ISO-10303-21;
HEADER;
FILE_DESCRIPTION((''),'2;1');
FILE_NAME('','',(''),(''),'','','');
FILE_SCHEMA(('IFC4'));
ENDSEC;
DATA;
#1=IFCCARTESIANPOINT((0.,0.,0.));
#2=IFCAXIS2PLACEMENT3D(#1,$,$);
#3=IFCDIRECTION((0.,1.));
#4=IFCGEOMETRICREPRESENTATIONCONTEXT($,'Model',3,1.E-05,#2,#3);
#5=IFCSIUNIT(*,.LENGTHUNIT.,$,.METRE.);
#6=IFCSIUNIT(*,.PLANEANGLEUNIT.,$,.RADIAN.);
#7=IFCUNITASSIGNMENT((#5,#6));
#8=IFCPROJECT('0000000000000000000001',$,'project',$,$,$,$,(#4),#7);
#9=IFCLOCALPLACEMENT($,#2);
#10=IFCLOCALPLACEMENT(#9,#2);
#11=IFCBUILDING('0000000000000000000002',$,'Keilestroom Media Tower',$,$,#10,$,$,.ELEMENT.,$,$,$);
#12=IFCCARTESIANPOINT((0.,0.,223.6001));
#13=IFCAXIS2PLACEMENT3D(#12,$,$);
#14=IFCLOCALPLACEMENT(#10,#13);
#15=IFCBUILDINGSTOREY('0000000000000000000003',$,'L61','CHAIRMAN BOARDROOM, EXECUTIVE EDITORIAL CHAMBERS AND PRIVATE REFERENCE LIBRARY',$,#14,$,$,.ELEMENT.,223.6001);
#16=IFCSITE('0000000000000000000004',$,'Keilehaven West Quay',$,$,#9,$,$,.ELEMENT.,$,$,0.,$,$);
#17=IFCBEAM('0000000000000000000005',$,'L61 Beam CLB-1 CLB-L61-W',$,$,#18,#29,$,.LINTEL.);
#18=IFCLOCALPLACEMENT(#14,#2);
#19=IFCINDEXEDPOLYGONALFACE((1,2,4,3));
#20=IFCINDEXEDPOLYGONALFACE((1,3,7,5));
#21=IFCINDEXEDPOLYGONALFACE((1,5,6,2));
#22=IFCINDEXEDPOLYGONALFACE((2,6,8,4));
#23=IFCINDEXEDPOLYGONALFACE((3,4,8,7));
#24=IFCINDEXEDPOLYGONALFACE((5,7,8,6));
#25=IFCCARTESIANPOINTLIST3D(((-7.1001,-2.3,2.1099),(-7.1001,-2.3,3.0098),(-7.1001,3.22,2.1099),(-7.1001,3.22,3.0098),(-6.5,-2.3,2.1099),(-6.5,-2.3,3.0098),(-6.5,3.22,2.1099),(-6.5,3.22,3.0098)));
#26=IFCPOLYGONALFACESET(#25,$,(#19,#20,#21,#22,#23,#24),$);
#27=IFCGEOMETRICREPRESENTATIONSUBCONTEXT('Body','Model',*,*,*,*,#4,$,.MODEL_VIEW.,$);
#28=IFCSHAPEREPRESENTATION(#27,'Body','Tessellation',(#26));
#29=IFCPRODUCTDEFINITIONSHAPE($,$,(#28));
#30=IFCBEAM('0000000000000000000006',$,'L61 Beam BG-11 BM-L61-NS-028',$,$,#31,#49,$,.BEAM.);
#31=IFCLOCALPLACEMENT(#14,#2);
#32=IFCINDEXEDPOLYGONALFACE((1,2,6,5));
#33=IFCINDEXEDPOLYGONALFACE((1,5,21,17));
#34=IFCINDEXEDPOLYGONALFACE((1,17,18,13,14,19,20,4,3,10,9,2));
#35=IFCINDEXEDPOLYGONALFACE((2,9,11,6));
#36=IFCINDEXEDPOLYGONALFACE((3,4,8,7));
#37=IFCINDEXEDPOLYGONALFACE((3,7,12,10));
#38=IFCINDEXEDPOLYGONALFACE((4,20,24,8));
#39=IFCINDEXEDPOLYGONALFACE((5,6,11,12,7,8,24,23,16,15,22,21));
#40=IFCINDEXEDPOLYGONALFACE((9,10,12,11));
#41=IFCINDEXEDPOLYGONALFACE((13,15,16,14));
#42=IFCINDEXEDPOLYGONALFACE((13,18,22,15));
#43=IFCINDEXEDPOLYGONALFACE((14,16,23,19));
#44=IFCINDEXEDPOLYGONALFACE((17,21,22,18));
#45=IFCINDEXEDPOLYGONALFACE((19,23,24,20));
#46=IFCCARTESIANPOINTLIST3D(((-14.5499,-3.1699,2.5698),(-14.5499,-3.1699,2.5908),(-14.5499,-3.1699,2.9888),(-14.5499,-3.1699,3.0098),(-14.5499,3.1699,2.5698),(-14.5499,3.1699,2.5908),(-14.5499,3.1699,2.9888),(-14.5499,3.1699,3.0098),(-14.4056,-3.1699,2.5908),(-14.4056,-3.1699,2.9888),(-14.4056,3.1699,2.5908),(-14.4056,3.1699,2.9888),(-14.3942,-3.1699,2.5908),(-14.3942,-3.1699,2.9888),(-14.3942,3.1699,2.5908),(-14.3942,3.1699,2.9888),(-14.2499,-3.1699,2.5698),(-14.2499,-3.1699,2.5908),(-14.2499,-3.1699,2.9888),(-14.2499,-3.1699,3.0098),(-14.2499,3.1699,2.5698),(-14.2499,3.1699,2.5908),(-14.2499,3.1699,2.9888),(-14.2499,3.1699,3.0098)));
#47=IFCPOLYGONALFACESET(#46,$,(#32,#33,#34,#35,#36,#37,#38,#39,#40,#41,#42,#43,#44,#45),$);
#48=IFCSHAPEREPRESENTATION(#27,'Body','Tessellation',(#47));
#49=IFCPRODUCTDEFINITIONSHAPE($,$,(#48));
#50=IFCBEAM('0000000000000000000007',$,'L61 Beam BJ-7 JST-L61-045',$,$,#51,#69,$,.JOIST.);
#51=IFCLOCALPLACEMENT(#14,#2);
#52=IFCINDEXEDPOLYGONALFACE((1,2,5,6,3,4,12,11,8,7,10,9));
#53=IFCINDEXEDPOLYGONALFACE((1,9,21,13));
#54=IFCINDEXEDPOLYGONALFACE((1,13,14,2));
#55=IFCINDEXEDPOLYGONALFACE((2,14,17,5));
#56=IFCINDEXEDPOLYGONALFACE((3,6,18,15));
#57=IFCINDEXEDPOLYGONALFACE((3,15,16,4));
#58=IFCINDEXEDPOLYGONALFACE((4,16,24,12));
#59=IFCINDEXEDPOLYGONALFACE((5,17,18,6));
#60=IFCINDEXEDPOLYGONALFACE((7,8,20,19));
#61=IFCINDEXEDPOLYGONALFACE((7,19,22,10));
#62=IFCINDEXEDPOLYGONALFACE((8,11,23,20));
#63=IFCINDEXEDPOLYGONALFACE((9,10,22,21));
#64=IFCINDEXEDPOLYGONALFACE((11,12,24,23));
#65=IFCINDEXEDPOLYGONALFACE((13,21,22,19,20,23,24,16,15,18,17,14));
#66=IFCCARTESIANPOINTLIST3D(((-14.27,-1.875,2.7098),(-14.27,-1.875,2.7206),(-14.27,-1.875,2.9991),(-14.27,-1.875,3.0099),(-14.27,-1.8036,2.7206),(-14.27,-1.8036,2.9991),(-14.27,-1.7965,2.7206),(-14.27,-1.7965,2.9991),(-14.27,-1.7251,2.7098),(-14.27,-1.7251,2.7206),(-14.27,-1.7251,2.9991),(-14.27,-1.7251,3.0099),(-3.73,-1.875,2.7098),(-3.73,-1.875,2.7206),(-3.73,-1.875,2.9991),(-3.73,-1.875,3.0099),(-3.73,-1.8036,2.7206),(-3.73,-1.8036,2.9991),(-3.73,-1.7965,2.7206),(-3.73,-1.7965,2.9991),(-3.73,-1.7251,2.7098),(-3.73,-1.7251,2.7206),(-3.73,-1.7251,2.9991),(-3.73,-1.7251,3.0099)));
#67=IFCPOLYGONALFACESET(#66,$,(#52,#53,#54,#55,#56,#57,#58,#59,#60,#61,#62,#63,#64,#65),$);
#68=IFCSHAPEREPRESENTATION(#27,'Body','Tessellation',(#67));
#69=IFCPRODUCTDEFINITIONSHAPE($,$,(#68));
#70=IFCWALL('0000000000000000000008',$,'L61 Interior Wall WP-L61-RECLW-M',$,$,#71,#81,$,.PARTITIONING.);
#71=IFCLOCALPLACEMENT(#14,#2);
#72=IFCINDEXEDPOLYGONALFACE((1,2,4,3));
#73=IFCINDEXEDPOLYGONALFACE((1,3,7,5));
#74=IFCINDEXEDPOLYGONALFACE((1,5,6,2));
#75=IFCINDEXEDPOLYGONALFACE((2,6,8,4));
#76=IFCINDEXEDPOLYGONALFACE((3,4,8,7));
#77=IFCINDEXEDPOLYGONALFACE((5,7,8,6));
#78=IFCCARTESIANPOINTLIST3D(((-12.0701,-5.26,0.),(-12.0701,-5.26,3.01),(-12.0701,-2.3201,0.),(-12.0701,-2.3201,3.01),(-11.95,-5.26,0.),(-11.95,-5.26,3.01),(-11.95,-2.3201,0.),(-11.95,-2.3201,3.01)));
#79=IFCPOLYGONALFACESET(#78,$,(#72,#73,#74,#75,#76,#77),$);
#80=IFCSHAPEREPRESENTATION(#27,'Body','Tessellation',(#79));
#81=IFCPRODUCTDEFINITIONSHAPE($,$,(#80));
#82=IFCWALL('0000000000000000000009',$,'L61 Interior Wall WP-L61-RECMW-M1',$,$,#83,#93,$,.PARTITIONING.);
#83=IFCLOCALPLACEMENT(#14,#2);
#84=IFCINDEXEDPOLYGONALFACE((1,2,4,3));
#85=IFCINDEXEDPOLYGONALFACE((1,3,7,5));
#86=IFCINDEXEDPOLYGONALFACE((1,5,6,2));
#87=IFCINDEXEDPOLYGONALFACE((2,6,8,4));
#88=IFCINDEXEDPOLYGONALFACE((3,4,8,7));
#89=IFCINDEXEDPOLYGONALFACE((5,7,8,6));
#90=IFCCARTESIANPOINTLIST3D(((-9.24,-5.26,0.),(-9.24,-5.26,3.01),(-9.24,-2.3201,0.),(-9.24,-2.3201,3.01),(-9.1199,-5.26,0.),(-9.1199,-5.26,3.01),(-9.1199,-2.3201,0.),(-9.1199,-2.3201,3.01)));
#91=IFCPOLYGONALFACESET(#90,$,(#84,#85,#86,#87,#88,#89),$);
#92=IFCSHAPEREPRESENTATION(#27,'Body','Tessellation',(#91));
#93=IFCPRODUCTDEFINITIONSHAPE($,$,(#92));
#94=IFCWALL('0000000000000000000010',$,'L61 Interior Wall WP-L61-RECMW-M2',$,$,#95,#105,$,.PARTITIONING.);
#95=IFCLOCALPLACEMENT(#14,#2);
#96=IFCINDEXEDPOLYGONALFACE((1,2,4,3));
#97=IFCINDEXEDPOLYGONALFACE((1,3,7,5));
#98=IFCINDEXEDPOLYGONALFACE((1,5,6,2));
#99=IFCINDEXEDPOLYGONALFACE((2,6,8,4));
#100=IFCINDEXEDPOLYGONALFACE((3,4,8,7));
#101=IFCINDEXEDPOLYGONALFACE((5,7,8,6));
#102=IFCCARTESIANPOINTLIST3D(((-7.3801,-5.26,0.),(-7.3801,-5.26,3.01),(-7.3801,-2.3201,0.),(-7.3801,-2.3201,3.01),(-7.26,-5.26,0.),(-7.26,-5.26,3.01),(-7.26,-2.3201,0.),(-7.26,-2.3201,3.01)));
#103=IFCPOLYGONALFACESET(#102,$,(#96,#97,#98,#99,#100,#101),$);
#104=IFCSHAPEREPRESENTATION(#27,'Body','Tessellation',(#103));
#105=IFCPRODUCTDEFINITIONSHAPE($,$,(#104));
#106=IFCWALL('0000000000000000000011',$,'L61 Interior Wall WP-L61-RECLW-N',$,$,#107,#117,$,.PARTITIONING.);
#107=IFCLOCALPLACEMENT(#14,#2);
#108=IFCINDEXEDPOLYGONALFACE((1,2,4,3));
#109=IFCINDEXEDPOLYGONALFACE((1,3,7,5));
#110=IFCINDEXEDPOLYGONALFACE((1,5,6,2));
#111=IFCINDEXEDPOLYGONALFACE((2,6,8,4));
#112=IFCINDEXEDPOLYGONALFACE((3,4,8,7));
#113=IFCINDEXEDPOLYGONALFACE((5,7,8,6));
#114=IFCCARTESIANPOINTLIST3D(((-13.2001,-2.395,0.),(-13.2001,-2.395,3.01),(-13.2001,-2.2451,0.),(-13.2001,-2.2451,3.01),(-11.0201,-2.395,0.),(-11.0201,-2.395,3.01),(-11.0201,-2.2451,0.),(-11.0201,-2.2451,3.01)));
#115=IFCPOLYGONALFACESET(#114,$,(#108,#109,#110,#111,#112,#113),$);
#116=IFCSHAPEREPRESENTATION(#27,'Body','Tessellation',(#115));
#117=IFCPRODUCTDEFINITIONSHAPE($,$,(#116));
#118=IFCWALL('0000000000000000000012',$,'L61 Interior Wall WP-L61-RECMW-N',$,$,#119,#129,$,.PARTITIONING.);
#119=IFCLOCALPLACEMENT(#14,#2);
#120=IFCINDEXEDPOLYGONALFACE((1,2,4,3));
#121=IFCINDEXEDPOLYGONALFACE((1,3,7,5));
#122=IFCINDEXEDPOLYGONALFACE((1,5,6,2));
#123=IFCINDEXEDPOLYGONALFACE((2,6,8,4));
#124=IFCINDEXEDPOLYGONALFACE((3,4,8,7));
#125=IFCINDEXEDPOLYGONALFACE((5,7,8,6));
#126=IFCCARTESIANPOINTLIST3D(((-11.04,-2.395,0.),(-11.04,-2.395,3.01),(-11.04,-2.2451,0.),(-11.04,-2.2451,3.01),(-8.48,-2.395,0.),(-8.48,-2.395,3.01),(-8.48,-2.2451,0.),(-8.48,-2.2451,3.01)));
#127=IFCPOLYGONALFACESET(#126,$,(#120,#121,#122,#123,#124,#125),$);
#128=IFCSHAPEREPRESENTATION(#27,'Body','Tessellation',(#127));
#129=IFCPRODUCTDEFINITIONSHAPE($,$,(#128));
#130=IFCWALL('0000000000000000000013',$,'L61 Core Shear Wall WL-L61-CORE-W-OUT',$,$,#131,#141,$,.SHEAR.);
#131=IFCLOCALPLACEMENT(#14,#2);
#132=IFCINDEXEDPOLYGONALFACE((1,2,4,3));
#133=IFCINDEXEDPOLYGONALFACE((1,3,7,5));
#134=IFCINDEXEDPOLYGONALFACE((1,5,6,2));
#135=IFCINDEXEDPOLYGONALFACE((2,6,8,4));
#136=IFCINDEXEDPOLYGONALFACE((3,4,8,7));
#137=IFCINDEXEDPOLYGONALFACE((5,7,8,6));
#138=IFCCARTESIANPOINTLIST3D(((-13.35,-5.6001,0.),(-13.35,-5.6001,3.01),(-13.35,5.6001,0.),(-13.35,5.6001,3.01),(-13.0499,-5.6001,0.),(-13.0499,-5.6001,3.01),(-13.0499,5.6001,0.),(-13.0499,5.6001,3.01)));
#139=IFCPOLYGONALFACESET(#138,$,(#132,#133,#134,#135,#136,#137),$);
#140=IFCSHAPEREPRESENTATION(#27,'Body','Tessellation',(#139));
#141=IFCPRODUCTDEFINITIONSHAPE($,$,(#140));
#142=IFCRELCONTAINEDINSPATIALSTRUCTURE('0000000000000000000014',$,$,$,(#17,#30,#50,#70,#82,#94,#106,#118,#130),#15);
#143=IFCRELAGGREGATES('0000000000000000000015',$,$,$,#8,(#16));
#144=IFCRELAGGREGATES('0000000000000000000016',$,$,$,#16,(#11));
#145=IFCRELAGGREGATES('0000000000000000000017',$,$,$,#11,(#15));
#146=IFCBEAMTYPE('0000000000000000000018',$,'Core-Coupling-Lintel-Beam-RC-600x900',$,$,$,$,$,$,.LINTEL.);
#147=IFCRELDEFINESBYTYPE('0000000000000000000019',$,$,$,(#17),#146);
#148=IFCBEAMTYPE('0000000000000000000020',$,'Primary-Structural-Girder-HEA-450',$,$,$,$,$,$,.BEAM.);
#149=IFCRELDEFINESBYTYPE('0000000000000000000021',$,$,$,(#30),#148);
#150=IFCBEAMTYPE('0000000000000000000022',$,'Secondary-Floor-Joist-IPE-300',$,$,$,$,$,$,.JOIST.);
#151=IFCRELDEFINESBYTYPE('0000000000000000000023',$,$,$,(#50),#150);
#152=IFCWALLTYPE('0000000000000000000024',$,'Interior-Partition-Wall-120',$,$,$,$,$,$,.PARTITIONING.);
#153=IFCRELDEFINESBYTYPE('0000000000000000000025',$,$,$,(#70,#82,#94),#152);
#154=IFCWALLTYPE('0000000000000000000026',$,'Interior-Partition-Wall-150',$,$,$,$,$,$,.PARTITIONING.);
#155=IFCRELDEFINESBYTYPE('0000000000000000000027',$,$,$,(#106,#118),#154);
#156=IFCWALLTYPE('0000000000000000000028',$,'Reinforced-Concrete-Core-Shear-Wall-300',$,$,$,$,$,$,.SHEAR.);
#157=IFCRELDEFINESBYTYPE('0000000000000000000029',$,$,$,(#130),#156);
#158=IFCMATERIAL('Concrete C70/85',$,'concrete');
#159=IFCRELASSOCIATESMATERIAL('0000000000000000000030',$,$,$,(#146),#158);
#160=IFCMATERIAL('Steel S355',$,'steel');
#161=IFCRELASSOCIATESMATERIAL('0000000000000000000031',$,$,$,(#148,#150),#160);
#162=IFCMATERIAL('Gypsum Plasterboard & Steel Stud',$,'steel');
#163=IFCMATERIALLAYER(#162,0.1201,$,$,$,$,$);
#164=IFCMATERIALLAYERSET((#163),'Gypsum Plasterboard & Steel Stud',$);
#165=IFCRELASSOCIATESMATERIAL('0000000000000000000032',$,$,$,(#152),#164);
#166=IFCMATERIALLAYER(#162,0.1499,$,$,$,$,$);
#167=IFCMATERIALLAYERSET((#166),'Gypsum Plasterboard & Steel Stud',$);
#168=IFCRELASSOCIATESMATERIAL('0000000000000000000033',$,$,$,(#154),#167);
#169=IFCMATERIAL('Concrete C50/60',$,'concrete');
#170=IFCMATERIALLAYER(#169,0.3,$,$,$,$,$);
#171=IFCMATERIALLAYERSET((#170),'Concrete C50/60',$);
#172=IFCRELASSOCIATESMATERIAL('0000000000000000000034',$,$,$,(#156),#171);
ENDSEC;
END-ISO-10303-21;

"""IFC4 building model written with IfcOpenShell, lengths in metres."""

from ifc_helpers import new_model, si_unit, direction, frame, frame_2d, origin, origin_2d, place, context, subcontext, project, spatial, rectangle, i_section, extrude, source, transform, mapped, material, layer, layer_set, material_profile, profile_set, type_object, element, save


model = new_model("IFC4")

# Units and contexts
model_context = context("Model", 3, precision=1e-05, world=origin(), true_north=direction((0.0, 1.0)))
body_context = subcontext(model_context, "Body", "Model", "MODEL_VIEW")
ifc_project = project(units=[si_unit("LENGTHUNIT", "METRE"), si_unit("PLANEANGLEUNIT", "RADIAN")], contexts=[model_context])

# Site, building, storey
site_placement = place(None, origin())
site = spatial("IfcSite", under=ifc_project, at=site_placement, Name="Keilehaven West Quay", CompositionType="ELEMENT", RefElevation=0.0)
building_placement = place(site_placement, origin())
building = spatial("IfcBuilding", under=site, at=building_placement, Name="Keilestroom Media Tower", CompositionType="ELEMENT")
storey_placement = place(building_placement, frame((0.0, 0.0, 223.6001)))
storey = spatial("IfcBuildingStorey", under=building, at=storey_placement, Name="L61", Description="CHAIRMAN BOARDROOM, EXECUTIVE EDITORIAL CHAMBERS AND PRIVATE REFERENCE LIBRARY", CompositionType="ELEMENT", Elevation=223.6001)

# Beams
ifc_material_1 = material(Name="Concrete C70/85", Category="concrete")
ifc_material_profile_1 = material_profile(ifc_material_1, rectangle(XDim=0.6001, YDim=0.8999, at=origin_2d()), Name="RC 600x900")
ifc_profile_set_1 = profile_set([ifc_material_profile_1], Name="Concrete C70/85")
beam_type_1 = type_object("IfcBeamType", Name="Core-Coupling-Lintel-Beam-RC-600x900", PredefinedType="LINTEL", material=ifc_profile_set_1)
shared_shape_1 = source(origin(), body_context, "Body", "SweptSolid", [
    extrude(rectangle(XDim=0.6001, YDim=0.8999, at=origin_2d()), origin(), (0.0, 0.0, 1.0), 5.52),
])
beam_1_placement = place(storey_placement, frame((-6.8, -2.3, 2.5598), z_axis=(0.0, 1.0, 0.0), x_axis=(-1.0, 0.0, 0.0)))
element("IfcBeam", 1, at=beam_1_placement, inside=storey, type_object=beam_type_1, Name="L61 Beam CLB-1 CLB-L61-W", PredefinedType="LINTEL", context=body_context, shape_type="MappedRepresentation", body=[
    mapped(shared_shape_1, transform((0.0, 0.0, 0.0), x_axis=(1.0, 0.0, 0.0), y_axis=(0.0, 1.0, 0.0), z_axis=(0.0, 0.0, 1.0), scale=1.0)),
])
ifc_material_2 = material(Name="Steel S355", Category="steel")
ifc_material_profile_2 = material_profile(ifc_material_2, i_section(OverallWidth=0.3, OverallDepth=0.4399, WebThickness=0.0115, FlangeThickness=0.021, at=origin_2d()), Name="HEA 450")
ifc_profile_set_2 = profile_set([ifc_material_profile_2], Name="Steel S355")
beam_type_2 = type_object("IfcBeamType", Name="Primary-Structural-Girder-HEA-450", PredefinedType="BEAM", material=ifc_profile_set_2)
shared_shape_2 = source(origin(), body_context, "Body", "SweptSolid", [
    extrude(i_section(OverallWidth=0.3, OverallDepth=0.4399, WebThickness=0.0115, FlangeThickness=0.021, at=origin_2d()), origin(), (0.0, 0.0, 1.0), 6.3398),
])
beam_2_placement = place(storey_placement, frame((-14.3999, -3.1699, 2.7898), z_axis=(0.0, 1.0, 0.0), x_axis=(-1.0, 0.0, 0.0)))
element("IfcBeam", 2, at=beam_2_placement, inside=storey, type_object=beam_type_2, Name="L61 Beam BG-11 BM-L61-NS-028", PredefinedType="BEAM", context=body_context, shape_type="MappedRepresentation", body=[
    mapped(shared_shape_2, transform((0.0, 0.0, 0.0), x_axis=(1.0, 0.0, 0.0), y_axis=(0.0, 1.0, 0.0), z_axis=(0.0, 0.0, 1.0), scale=1.0)),
])
ifc_material_profile_3 = material_profile(ifc_material_2, i_section(OverallWidth=0.1499, OverallDepth=0.3, WebThickness=0.0071, FlangeThickness=0.0107, at=origin_2d()), Name="IPE 300")
ifc_profile_set_3 = profile_set([ifc_material_profile_3], Name="Steel S355")
beam_type_3 = type_object("IfcBeamType", Name="Secondary-Floor-Joist-IPE-300", PredefinedType="JOIST", material=ifc_profile_set_3)
shared_shape_3 = source(origin(), body_context, "Body", "SweptSolid", [
    extrude(i_section(OverallWidth=0.1499, OverallDepth=0.3, WebThickness=0.0071, FlangeThickness=0.0107, at=origin_2d()), origin(), (0.0, 0.0, 1.0), 10.54),
])
beam_3_placement = place(storey_placement, frame((-14.27, -1.8, 2.8599), z_axis=(1.0, 0.0, 0.0), x_axis=(0.0, 1.0, 0.0)))
element("IfcBeam", 3, at=beam_3_placement, inside=storey, type_object=beam_type_3, Name="L61 Beam BJ-7 JST-L61-045", PredefinedType="JOIST", context=body_context, shape_type="MappedRepresentation", body=[
    mapped(shared_shape_3, transform((0.0, 0.0, 0.0), x_axis=(1.0, 0.0, 0.0), y_axis=(0.0, 1.0, 0.0), z_axis=(0.0, 0.0, 1.0), scale=1.0)),
])

# Walls
ifc_material_3 = material(Name="Gypsum Plasterboard & Steel Stud", Category="steel")
ifc_layer_1 = layer(ifc_material_3, 0.1201)
ifc_layer_set_1 = layer_set([ifc_layer_1], Name="Gypsum Plasterboard & Steel Stud")
wall_type_1 = type_object("IfcWallType", Name="Interior-Partition-Wall-120", PredefinedType="PARTITIONING", material=ifc_layer_set_1)
for number, where, z_axis, x_axis, name in (
    (4, (-12.01, -5.26, 0.0), (0.0, 0.0, 1.0), (0.0, 1.0, 0.0), "L61 Interior Wall WP-L61-RECLW-M"),
    (5, (-9.1799, -5.26, 0.0), (0.0, 0.0, 1.0), (0.0, 1.0, 0.0), "L61 Interior Wall WP-L61-RECMW-M1"),
    (6, (-7.3201, -5.26, 0.0), (0.0, 0.0, 1.0), (0.0, 1.0, 0.0), "L61 Interior Wall WP-L61-RECMW-M2"),
):
    element("IfcWall", number, at=place(storey_placement, frame(where, z_axis=z_axis, x_axis=x_axis)), inside=storey, type_object=wall_type_1, Name=name, PredefinedType="PARTITIONING", context=body_context, shape_type="SweptSolid", body=[
        extrude(rectangle(XDim=2.9399, YDim=0.1201, at=frame_2d((1.47, 0.0))), origin(), (0.0, 0.0, 1.0), 3.01),
    ])
ifc_layer_2 = layer(ifc_material_3, 0.1499)
ifc_layer_set_2 = layer_set([ifc_layer_2], Name="Gypsum Plasterboard & Steel Stud")
wall_type_2 = type_object("IfcWallType", Name="Interior-Partition-Wall-150", PredefinedType="PARTITIONING", material=ifc_layer_set_2)
wall_1_placement = place(storey_placement, frame((-13.2, -2.3201, 0.0), z_axis=(0.0, 0.0, 1.0), x_axis=(1.0, 0.0, 0.0)))
element("IfcWall", 7, at=wall_1_placement, inside=storey, type_object=wall_type_2, Name="L61 Interior Wall WP-L61-RECLW-N", PredefinedType="PARTITIONING", context=body_context, shape_type="SweptSolid", body=[
    extrude(rectangle(XDim=2.1799, YDim=0.1499, at=frame_2d((1.0898, 0.0))), origin(), (0.0, 0.0, 1.0), 3.01),
])
wall_2_placement = place(storey_placement, frame((-11.04, -2.3201, 0.0), z_axis=(0.0, 0.0, 1.0), x_axis=(1.0, 0.0, 0.0)))
element("IfcWall", 8, at=wall_2_placement, inside=storey, type_object=wall_type_2, Name="L61 Interior Wall WP-L61-RECMW-N", PredefinedType="PARTITIONING", context=body_context, shape_type="SweptSolid", body=[
    extrude(rectangle(XDim=2.5601, YDim=0.1499, at=frame_2d((1.28, 0.0))), origin(), (0.0, 0.0, 1.0), 3.01),
])
ifc_material_4 = material(Name="Concrete C50/60", Category="concrete")
ifc_layer_3 = layer(ifc_material_4, 0.3)
ifc_layer_set_3 = layer_set([ifc_layer_3], Name="Concrete C50/60")
wall_type_3 = type_object("IfcWallType", Name="Reinforced-Concrete-Core-Shear-Wall-300", PredefinedType="SHEAR", material=ifc_layer_set_3)
wall_3_placement = place(storey_placement, frame((-13.2, -5.6001, 0.0), z_axis=(0.0, 0.0, 1.0), x_axis=(0.0, 1.0, 0.0)))
element("IfcWall", 9, at=wall_3_placement, inside=storey, type_object=wall_type_3, Name="L61 Core Shear Wall WL-L61-CORE-W-OUT", PredefinedType="SHEAR", context=body_context, shape_type="SweptSolid", body=[
    extrude(rectangle(XDim=11.2002, YDim=0.3, at=frame_2d((5.6001, 0.0))), origin(), (0.0, 0.0, 1.0), 3.01),
])

save(model, "model.ifc")
